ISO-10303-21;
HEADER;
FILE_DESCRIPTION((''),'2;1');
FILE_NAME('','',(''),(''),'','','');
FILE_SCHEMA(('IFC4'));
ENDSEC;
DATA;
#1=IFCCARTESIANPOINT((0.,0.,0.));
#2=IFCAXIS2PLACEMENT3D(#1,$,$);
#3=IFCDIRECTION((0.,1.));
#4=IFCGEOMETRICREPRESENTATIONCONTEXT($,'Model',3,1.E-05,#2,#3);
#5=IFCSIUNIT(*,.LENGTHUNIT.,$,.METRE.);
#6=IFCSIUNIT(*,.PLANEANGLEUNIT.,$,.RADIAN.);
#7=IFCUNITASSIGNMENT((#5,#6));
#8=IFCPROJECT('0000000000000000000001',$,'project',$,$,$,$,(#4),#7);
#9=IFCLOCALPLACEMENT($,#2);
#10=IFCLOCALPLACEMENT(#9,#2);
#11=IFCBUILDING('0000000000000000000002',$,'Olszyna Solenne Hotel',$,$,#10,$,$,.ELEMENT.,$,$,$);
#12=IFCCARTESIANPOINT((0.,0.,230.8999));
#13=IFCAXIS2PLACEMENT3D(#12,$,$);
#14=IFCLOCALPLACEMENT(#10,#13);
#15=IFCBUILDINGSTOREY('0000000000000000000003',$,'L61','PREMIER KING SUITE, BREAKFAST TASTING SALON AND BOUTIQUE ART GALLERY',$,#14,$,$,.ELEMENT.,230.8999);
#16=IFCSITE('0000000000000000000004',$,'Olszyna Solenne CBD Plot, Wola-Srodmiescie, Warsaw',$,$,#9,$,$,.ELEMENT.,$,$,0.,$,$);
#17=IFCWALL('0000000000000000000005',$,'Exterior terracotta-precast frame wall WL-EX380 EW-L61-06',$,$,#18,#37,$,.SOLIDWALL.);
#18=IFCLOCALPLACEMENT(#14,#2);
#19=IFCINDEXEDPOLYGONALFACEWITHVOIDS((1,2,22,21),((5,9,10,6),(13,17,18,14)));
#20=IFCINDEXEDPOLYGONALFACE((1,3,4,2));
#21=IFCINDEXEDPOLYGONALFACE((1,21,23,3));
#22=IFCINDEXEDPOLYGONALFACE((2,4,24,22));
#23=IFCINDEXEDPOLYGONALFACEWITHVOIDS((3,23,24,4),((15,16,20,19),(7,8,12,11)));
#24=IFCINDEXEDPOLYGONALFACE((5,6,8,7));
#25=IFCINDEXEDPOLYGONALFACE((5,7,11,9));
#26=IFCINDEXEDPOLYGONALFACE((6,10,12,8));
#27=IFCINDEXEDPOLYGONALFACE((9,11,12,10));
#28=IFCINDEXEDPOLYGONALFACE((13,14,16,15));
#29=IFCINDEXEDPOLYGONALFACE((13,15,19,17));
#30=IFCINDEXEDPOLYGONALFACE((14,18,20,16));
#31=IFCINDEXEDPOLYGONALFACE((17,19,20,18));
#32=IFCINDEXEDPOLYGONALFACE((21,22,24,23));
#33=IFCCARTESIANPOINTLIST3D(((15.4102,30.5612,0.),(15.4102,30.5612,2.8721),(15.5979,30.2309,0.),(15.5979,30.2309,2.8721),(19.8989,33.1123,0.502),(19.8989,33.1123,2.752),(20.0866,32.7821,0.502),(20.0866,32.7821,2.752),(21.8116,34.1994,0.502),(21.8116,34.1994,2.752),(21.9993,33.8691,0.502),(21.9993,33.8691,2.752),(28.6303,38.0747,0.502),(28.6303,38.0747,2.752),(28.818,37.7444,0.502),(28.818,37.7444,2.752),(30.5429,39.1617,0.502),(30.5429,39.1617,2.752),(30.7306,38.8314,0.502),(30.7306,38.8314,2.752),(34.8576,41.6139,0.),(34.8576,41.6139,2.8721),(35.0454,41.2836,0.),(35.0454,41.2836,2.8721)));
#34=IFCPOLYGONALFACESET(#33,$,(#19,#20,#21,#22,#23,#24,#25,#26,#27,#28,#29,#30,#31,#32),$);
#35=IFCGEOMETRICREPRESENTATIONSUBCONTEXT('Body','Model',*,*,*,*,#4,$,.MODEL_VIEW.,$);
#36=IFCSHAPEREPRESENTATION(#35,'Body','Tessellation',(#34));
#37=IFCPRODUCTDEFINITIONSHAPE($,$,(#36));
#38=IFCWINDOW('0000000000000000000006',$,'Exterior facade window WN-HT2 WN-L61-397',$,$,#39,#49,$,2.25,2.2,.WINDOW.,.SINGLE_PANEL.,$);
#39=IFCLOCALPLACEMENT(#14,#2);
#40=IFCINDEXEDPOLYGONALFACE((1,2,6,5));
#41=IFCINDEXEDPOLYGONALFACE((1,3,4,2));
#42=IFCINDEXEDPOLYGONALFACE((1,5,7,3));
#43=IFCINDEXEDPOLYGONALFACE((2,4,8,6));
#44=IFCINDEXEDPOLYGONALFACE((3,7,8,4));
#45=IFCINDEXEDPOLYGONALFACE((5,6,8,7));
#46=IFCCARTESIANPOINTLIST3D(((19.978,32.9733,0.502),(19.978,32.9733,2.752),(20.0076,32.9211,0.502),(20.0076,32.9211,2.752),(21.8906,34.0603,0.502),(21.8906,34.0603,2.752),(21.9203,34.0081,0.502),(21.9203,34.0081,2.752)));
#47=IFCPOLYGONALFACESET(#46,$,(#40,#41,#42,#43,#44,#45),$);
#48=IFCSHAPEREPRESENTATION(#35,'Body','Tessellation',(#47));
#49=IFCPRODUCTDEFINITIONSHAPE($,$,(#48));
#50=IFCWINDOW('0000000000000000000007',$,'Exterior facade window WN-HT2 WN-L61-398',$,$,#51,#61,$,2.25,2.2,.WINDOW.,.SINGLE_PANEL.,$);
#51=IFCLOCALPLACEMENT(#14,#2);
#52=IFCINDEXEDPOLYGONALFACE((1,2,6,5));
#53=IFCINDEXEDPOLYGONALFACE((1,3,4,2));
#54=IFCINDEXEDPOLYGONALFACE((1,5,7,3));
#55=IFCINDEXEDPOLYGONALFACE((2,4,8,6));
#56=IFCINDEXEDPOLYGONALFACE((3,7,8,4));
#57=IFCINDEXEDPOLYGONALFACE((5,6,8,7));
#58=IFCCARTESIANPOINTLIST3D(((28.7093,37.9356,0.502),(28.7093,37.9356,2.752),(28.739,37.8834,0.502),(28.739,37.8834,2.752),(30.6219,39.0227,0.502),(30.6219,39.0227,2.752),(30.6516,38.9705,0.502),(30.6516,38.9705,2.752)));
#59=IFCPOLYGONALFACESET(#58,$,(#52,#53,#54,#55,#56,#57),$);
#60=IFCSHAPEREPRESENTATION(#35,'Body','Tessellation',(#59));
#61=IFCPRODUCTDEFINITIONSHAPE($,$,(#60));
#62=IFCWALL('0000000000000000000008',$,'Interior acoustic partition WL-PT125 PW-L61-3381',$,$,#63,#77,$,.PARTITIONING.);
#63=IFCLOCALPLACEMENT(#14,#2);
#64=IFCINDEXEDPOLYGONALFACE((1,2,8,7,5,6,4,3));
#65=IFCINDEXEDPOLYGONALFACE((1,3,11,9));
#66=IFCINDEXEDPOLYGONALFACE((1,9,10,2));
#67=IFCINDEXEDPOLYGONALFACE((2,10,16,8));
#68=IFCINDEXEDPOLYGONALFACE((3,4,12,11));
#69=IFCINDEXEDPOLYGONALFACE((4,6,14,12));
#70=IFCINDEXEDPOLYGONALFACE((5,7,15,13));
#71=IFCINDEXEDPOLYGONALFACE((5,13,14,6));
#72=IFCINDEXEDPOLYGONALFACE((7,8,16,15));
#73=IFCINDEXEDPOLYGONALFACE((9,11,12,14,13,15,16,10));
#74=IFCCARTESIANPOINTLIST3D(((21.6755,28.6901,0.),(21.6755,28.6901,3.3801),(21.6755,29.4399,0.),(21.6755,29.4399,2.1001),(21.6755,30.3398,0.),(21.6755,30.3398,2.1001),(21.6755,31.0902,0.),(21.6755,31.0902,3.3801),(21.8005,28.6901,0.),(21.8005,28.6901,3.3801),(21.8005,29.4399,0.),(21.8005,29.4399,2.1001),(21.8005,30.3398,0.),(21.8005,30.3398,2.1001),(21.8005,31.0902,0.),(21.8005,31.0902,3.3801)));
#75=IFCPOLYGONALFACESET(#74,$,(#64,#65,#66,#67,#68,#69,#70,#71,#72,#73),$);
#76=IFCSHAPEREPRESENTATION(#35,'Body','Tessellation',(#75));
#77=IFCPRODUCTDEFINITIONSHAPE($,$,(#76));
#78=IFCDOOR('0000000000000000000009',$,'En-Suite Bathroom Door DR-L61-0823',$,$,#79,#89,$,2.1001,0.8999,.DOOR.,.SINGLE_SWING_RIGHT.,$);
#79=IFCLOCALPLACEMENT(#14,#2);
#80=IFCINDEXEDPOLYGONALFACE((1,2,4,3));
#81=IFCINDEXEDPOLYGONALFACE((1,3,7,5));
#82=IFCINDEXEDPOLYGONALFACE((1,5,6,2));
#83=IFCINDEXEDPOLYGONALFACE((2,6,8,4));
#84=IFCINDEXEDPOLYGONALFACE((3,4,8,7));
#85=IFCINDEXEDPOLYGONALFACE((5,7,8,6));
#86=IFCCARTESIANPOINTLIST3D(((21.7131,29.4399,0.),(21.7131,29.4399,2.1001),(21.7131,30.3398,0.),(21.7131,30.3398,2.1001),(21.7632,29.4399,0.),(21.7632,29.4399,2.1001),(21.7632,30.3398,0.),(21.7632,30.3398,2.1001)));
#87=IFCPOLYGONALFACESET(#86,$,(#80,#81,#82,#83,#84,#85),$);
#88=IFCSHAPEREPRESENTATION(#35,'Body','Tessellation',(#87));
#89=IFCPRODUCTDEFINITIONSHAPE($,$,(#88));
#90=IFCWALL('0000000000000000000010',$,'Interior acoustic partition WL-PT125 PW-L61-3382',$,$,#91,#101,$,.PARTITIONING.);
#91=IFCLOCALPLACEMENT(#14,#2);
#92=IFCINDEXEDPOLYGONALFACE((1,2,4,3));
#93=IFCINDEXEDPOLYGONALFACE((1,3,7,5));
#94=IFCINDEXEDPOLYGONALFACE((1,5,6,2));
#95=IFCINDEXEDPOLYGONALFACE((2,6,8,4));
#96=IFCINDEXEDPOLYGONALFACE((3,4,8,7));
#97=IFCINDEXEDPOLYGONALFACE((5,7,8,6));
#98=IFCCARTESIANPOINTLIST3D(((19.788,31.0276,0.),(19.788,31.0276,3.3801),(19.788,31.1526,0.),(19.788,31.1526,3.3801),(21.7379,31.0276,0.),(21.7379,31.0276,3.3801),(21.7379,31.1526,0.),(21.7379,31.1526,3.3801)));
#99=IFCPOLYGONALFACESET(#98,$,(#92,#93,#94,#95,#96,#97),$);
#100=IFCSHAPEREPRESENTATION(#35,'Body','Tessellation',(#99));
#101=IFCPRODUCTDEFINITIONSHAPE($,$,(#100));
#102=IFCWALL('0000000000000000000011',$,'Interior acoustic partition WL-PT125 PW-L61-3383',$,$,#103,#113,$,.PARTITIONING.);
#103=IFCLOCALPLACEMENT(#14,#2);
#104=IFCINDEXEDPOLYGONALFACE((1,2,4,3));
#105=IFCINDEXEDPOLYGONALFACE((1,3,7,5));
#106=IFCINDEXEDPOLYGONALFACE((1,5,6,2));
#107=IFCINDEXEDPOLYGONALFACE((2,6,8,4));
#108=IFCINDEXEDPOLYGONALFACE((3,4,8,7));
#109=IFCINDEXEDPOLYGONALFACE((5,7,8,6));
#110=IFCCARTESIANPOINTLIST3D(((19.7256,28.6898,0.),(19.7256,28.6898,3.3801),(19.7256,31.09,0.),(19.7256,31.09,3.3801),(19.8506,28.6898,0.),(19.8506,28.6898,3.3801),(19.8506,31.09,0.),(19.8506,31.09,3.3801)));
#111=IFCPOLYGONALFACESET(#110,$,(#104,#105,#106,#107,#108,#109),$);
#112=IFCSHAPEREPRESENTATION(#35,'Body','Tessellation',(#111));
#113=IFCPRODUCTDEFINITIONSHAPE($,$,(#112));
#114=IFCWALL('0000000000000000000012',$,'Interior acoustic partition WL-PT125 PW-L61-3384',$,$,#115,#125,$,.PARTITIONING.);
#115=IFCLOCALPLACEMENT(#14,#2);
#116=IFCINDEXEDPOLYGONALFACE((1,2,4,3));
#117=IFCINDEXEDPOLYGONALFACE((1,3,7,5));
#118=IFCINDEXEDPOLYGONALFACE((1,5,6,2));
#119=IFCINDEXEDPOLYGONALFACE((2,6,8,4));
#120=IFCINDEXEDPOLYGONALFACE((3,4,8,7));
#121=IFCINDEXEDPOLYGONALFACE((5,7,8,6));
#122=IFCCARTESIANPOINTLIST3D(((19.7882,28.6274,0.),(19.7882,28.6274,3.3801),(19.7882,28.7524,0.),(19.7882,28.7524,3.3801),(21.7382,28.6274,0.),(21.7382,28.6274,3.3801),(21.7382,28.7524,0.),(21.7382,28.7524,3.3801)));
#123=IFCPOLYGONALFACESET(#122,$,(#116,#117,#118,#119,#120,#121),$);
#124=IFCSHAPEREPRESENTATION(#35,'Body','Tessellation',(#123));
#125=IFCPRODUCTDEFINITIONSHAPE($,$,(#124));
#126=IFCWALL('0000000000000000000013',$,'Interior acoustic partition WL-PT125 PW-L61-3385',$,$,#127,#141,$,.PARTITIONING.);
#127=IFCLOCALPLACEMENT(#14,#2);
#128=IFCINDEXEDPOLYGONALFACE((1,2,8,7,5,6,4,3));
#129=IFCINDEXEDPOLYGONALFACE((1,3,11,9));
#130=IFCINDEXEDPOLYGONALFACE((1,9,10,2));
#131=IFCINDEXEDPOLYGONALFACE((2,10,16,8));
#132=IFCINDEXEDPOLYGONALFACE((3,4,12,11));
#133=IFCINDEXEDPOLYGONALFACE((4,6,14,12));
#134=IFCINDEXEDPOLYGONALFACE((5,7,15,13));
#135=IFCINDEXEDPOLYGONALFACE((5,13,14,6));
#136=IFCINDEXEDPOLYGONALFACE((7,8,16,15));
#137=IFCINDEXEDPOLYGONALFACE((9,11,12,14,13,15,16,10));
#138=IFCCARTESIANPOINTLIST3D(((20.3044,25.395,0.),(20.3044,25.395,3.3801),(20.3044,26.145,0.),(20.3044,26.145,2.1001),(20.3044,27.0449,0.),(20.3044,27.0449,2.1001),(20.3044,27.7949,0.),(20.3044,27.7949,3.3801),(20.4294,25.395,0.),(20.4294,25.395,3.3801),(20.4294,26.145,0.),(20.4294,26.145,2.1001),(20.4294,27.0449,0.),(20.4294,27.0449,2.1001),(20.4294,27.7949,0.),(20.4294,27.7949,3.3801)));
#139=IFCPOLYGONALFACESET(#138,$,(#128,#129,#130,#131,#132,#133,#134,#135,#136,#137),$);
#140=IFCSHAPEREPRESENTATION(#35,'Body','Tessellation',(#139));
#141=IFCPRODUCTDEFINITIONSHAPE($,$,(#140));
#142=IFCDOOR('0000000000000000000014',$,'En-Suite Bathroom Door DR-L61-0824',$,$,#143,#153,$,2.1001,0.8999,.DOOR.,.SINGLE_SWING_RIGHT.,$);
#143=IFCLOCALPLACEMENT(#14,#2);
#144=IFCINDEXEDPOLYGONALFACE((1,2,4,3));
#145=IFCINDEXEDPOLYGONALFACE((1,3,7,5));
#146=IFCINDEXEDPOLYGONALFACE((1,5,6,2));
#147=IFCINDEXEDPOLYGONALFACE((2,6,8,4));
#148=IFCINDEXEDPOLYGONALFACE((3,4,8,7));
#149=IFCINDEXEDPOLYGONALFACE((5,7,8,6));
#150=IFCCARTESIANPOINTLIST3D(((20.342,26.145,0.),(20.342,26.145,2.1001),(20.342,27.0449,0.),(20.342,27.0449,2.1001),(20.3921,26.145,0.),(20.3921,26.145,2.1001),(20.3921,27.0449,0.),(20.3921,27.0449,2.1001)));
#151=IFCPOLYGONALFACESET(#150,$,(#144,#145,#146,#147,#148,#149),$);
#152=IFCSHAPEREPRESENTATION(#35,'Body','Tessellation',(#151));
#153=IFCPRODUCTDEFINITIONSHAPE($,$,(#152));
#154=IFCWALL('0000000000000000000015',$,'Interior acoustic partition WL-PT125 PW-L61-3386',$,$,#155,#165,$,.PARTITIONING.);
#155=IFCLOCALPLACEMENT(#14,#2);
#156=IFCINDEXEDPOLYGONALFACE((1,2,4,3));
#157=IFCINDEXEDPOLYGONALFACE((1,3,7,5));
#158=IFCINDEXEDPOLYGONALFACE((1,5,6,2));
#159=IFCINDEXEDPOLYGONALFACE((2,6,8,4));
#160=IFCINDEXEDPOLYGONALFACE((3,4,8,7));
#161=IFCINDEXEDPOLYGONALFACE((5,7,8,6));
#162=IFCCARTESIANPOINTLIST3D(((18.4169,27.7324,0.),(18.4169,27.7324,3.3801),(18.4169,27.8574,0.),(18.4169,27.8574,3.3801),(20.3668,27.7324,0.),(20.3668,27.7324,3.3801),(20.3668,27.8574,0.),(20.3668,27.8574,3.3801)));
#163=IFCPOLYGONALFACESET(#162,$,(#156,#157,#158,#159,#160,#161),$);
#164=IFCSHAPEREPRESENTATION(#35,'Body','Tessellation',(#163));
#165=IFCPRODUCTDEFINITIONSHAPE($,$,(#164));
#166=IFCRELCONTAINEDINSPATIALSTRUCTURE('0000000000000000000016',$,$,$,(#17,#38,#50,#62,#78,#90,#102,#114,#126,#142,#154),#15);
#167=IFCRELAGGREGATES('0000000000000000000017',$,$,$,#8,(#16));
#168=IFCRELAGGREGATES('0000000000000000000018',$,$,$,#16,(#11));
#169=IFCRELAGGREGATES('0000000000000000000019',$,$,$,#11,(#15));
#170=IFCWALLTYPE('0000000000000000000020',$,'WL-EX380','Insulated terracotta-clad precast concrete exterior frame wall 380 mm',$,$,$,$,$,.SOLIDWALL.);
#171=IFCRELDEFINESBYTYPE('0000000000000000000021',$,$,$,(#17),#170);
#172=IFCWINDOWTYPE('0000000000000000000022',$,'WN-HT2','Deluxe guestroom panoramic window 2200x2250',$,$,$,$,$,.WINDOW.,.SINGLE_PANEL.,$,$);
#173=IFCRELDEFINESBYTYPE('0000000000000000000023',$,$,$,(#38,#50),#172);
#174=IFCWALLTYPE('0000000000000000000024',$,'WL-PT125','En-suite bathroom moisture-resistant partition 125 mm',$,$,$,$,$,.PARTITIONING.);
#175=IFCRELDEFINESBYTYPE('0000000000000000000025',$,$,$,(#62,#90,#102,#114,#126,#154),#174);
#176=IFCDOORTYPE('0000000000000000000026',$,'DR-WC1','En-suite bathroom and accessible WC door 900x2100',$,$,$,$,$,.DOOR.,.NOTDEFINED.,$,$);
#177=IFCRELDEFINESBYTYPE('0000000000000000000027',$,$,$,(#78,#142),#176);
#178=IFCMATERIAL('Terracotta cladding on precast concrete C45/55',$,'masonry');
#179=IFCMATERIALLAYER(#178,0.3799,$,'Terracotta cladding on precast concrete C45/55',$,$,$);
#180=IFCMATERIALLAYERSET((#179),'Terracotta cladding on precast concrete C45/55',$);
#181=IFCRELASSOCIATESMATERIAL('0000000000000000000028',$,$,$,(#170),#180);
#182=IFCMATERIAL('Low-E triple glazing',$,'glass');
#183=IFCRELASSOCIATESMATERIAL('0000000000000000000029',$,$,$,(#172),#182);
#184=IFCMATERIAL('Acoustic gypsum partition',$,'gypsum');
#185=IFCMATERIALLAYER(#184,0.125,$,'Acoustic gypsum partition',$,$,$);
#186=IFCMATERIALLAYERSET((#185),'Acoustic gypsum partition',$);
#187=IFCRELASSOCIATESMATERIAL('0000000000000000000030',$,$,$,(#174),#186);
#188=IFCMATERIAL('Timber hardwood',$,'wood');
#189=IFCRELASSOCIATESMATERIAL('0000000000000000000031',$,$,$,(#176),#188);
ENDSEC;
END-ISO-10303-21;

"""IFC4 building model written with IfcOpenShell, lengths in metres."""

from ifc_helpers import new_model, si_unit, direction, frame, frame_2d, origin, place, context, subcontext, project, spatial, rectangle, extrude, source, transform, mapped, material, layer, layer_set, type_object, type_shapes, element, fill, save


model = new_model("IFC4")

# Units and contexts
model_context = context("Model", 3, precision=1e-05, world=origin(), true_north=direction((0.0, 1.0)))
body_context = subcontext(model_context, "Body", "Model", "MODEL_VIEW")
ifc_project = project(units=[si_unit("LENGTHUNIT", "METRE"), si_unit("PLANEANGLEUNIT", "RADIAN")], contexts=[model_context])

# Site, building, storey
site_placement = place(None, origin())
site = spatial("IfcSite", under=ifc_project, at=site_placement, Name="Olszyna Solenne CBD Plot, Wola-Srodmiescie, Warsaw", CompositionType="ELEMENT", RefElevation=0.0)
building_placement = place(site_placement, origin())
building = spatial("IfcBuilding", under=site, at=building_placement, Name="Olszyna Solenne Hotel", CompositionType="ELEMENT")
storey_placement = place(building_placement, frame((0.0, 0.0, 230.8999)))
storey = spatial("IfcBuildingStorey", under=building, at=storey_placement, Name="L61", Description="PREMIER KING SUITE, BREAKFAST TASTING SALON AND BOUTIQUE ART GALLERY", CompositionType="ELEMENT", Elevation=230.8999)

# Shared definitions
ifc_material_1 = material(Name="Terracotta cladding on precast concrete C45/55", Category="masonry")
ifc_layer_1 = layer(ifc_material_1, 0.3799, Name="Terracotta cladding on precast concrete C45/55")
ifc_layer_set_1 = layer_set([ifc_layer_1], Name="Terracotta cladding on precast concrete C45/55")
wall_type_1 = type_object("IfcWallType", Name="WL-EX380", Description="Insulated terracotta-clad precast concrete exterior frame wall 380 mm", PredefinedType="SOLIDWALL", material=ifc_layer_set_1)

# Wall, openings, windows
wall_1_placement = place(storey_placement, frame((15.5039, 30.396, 0.0), z_axis=(0.0, 0.0, 1.0), x_axis=(0.869399, 0.494111, 0.0)))
wall_1 = element("IfcWall", 1, at=wall_1_placement, inside=storey, type_object=wall_type_1, Name="Exterior terracotta-precast frame wall WL-EX380 EW-L61-06", PredefinedType="SOLIDWALL", context=body_context, shape_type="SweptSolid", body=[
    extrude(rectangle(XDim=22.3689, YDim=0.3799, at=frame_2d((11.1846, 0.0))), origin(), (0.0, 0.0, 1.0), 2.8721),
])
opening_1_placement = place(wall_1_placement, frame((5.1631, 0.0, 0.502)))
opening_1 = element("IfcOpeningElement", 2, at=opening_1_placement, cuts=wall_1, PredefinedType="OPENING", context=body_context, shape_type="SweptSolid", body=[
    extrude(rectangle(XDim=2.2, YDim=2.25, at=frame_2d((1.1001, 1.125))), frame((0.0, 0.2, 0.0), z_axis=(0.0, -1.0, 0.0), x_axis=(1.0, 0.0, 0.0)), (0.0, 0.0, 1.0), 0.3999),
])
opening_2_placement = place(wall_1_placement, frame((15.2061, 0.0, 0.502)))
opening_2 = element("IfcOpeningElement", 3, at=opening_2_placement, cuts=wall_1, PredefinedType="OPENING", context=body_context, shape_type="SweptSolid", body=[
    extrude(rectangle(XDim=2.2, YDim=2.25, at=frame_2d((1.1001, 1.125))), frame((0.0, 0.2, 0.0), z_axis=(0.0, -1.0, 0.0), x_axis=(1.0, 0.0, 0.0)), (0.0, 0.0, 1.0), 0.3999),
])
ifc_material_2 = material(Name="Low-E triple glazing", Category="glass")
window_type = type_object("IfcWindowType", Name="WN-HT2", Description="Deluxe guestroom panoramic window 2200x2250", PartitioningType="SINGLE_PANEL", PredefinedType="WINDOW", material=ifc_material_2)
shared_shape_1 = source(origin(), body_context, "Body", "SweptSolid", [
    extrude(rectangle(XDim=2.2, YDim=2.25, at=frame_2d((1.1001, 1.125))), frame((0.0, 0.03, 0.0), z_axis=(0.0, -1.0, 0.0), x_axis=(1.0, 0.0, 0.0)), (0.0, 0.0, 1.0), 0.0601),
])
type_shapes(window_type, [shared_shape_1])
window_1_placement = place(opening_1_placement, origin())
window_1 = element("IfcWindow", 4, at=window_1_placement, inside=storey, type_object=window_type, Name="Exterior facade window WN-HT2 WN-L61-397", OverallHeight=2.25, OverallWidth=2.2, PartitioningType="SINGLE_PANEL", PredefinedType="WINDOW", context=body_context, shape_type="MappedRepresentation", body=[
    mapped(shared_shape_1, transform((0.0, 0.0, 0.0), x_axis=(1.0, 0.0, 0.0), y_axis=(0.0, 1.0, 0.0), z_axis=(0.0, 0.0, 1.0), scale=1.0)),
])
fill(opening_1, window_1)
window_2_placement = place(opening_2_placement, origin())
window_2 = element("IfcWindow", 5, at=window_2_placement, inside=storey, type_object=window_type, Name="Exterior facade window WN-HT2 WN-L61-398", OverallHeight=2.25, OverallWidth=2.2, PartitioningType="SINGLE_PANEL", PredefinedType="WINDOW", context=body_context, shape_type="MappedRepresentation", body=[
    mapped(shared_shape_1, transform((0.0, 0.0, 0.0), x_axis=(1.0, 0.0, 0.0), y_axis=(0.0, 1.0, 0.0), z_axis=(0.0, 0.0, 1.0), scale=1.0)),
])
fill(opening_2, window_2)

# Wall, opening, door
ifc_material_3 = material(Name="Acoustic gypsum partition", Category="gypsum")
ifc_layer_2 = layer(ifc_material_3, 0.125, Name="Acoustic gypsum partition")
ifc_layer_set_2 = layer_set([ifc_layer_2], Name="Acoustic gypsum partition")
wall_type_2 = type_object("IfcWallType", Name="WL-PT125", Description="En-suite bathroom moisture-resistant partition 125 mm", PredefinedType="PARTITIONING", material=ifc_layer_set_2)
wall_2_placement = place(storey_placement, frame((21.738, 28.6899, 0.0), z_axis=(0.0, 0.0, 1.0), x_axis=(0.0, 1.0, 0.0)))
wall_2 = element("IfcWall", 6, at=wall_2_placement, inside=storey, type_object=wall_type_2, Name="Interior acoustic partition WL-PT125 PW-L61-3381", PredefinedType="PARTITIONING", context=body_context, shape_type="SweptSolid", body=[
    extrude(rectangle(XDim=2.4001, YDim=0.125, at=frame_2d((1.2002, 0.0))), origin(), (0.0, 0.0, 1.0), 3.3801),
])
opening_3_placement = place(wall_2_placement, frame((0.75, 0.0, 0.0)))
opening_3 = element("IfcOpeningElement", 7, at=opening_3_placement, cuts=wall_2, PredefinedType="OPENING", context=body_context, shape_type="SweptSolid", body=[
    extrude(rectangle(XDim=0.8999, YDim=2.1001, at=frame_2d((0.45, 1.05))), frame((0.0, 0.0725, 0.0), z_axis=(0.0, -1.0, 0.0), x_axis=(1.0, 0.0, 0.0)), (0.0, 0.0, 1.0), 0.145),
])
ifc_material_4 = material(Name="Timber hardwood", Category="wood")
door_type = type_object("IfcDoorType", Name="DR-WC1", Description="En-suite bathroom and accessible WC door 900x2100", OperationType="NOTDEFINED", PredefinedType="DOOR", material=ifc_material_4)
shared_shape_2 = source(origin(), body_context, "Body", "SweptSolid", [
    extrude(rectangle(XDim=0.8999, YDim=2.1001, at=frame_2d((0.45, 1.05))), frame((0.0, 0.0249, 0.0), z_axis=(0.0, -1.0, 0.0), x_axis=(1.0, 0.0, 0.0)), (0.0, 0.0, 1.0), 0.05),
])
type_shapes(door_type, [shared_shape_2])
door_1_placement = place(opening_3_placement, origin())
door_1 = element("IfcDoor", 8, at=door_1_placement, inside=storey, type_object=door_type, Name="En-Suite Bathroom Door DR-L61-0823", OperationType="SINGLE_SWING_RIGHT", OverallHeight=2.1001, OverallWidth=0.8999, PredefinedType="DOOR", context=body_context, shape_type="MappedRepresentation", body=[
    mapped(shared_shape_2, transform((0.0, 0.0, 0.0), x_axis=(1.0, 0.0, 0.0), y_axis=(0.0, 1.0, 0.0), z_axis=(0.0, 0.0, 1.0), scale=1.0)),
])
fill(opening_3, door_1)

# Walls
wall_3_placement = place(storey_placement, frame((21.738, 31.0901, 0.0), z_axis=(0.0, 0.0, 1.0), x_axis=(-1.0, 0.0, 0.0)))
element("IfcWall", 9, at=wall_3_placement, inside=storey, type_object=wall_type_2, Name="Interior acoustic partition WL-PT125 PW-L61-3382", PredefinedType="PARTITIONING", context=body_context, shape_type="SweptSolid", body=[
    extrude(rectangle(XDim=1.95, YDim=0.125, at=frame_2d((0.9751, 0.0))), origin(), (0.0, 0.0, 1.0), 3.3801),
])
wall_4_placement = place(storey_placement, frame((19.7881, 31.0901, 0.0), z_axis=(0.0, 0.0, 1.0), x_axis=(0.0, -1.0, 0.0)))
element("IfcWall", 10, at=wall_4_placement, inside=storey, type_object=wall_type_2, Name="Interior acoustic partition WL-PT125 PW-L61-3383", PredefinedType="PARTITIONING", context=body_context, shape_type="SweptSolid", body=[
    extrude(rectangle(XDim=2.4001, YDim=0.125, at=frame_2d((1.2002, 0.0))), origin(), (0.0, 0.0, 1.0), 3.3801),
])
wall_5_placement = place(storey_placement, frame((19.7881, 28.6899, 0.0), z_axis=(0.0, 0.0, 1.0), x_axis=(1.0, 0.0, 0.0)))
element("IfcWall", 11, at=wall_5_placement, inside=storey, type_object=wall_type_2, Name="Interior acoustic partition WL-PT125 PW-L61-3384", PredefinedType="PARTITIONING", context=body_context, shape_type="SweptSolid", body=[
    extrude(rectangle(XDim=1.95, YDim=0.125, at=frame_2d((0.9751, 0.0))), origin(), (0.0, 0.0, 1.0), 3.3801),
])

# Wall, opening, door
wall_6_placement = place(storey_placement, frame((20.3669, 25.395, 0.0), z_axis=(0.0, 0.0, 1.0), x_axis=(0.0, 1.0, 0.0)))
wall_6 = element("IfcWall", 12, at=wall_6_placement, inside=storey, type_object=wall_type_2, Name="Interior acoustic partition WL-PT125 PW-L61-3385", PredefinedType="PARTITIONING", context=body_context, shape_type="SweptSolid", body=[
    extrude(rectangle(XDim=2.3999, YDim=0.125, at=frame_2d((1.2, 0.0))), origin(), (0.0, 0.0, 1.0), 3.3801),
])
opening_4_placement = place(wall_6_placement, frame((0.75, 0.0, 0.0)))
opening_4 = element("IfcOpeningElement", 13, at=opening_4_placement, cuts=wall_6, PredefinedType="OPENING", context=body_context, shape_type="SweptSolid", body=[
    extrude(rectangle(XDim=0.8999, YDim=2.1001, at=frame_2d((0.45, 1.05))), frame((0.0, 0.0725, 0.0), z_axis=(0.0, -1.0, 0.0), x_axis=(1.0, 0.0, 0.0)), (0.0, 0.0, 1.0), 0.145),
])
door_2_placement = place(opening_4_placement, origin())
door_2 = element("IfcDoor", 14, at=door_2_placement, inside=storey, type_object=door_type, Name="En-Suite Bathroom Door DR-L61-0824", OperationType="SINGLE_SWING_RIGHT", OverallHeight=2.1001, OverallWidth=0.8999, PredefinedType="DOOR", context=body_context, shape_type="MappedRepresentation", body=[
    mapped(shared_shape_2, transform((0.0, 0.0, 0.0), x_axis=(1.0, 0.0, 0.0), y_axis=(0.0, 1.0, 0.0), z_axis=(0.0, 0.0, 1.0), scale=1.0)),
])
fill(opening_4, door_2)

# Wall
wall_7_placement = place(storey_placement, frame((20.3669, 27.7949, 0.0), z_axis=(0.0, 0.0, 1.0), x_axis=(-1.0, 0.0, 0.0)))
element("IfcWall", 15, at=wall_7_placement, inside=storey, type_object=wall_type_2, Name="Interior acoustic partition WL-PT125 PW-L61-3386", PredefinedType="PARTITIONING", context=body_context, shape_type="SweptSolid", body=[
    extrude(rectangle(XDim=1.95, YDim=0.125, at=frame_2d((0.9751, 0.0))), origin(), (0.0, 0.0, 1.0), 3.3801),
])

save(model, "model.ifc")
